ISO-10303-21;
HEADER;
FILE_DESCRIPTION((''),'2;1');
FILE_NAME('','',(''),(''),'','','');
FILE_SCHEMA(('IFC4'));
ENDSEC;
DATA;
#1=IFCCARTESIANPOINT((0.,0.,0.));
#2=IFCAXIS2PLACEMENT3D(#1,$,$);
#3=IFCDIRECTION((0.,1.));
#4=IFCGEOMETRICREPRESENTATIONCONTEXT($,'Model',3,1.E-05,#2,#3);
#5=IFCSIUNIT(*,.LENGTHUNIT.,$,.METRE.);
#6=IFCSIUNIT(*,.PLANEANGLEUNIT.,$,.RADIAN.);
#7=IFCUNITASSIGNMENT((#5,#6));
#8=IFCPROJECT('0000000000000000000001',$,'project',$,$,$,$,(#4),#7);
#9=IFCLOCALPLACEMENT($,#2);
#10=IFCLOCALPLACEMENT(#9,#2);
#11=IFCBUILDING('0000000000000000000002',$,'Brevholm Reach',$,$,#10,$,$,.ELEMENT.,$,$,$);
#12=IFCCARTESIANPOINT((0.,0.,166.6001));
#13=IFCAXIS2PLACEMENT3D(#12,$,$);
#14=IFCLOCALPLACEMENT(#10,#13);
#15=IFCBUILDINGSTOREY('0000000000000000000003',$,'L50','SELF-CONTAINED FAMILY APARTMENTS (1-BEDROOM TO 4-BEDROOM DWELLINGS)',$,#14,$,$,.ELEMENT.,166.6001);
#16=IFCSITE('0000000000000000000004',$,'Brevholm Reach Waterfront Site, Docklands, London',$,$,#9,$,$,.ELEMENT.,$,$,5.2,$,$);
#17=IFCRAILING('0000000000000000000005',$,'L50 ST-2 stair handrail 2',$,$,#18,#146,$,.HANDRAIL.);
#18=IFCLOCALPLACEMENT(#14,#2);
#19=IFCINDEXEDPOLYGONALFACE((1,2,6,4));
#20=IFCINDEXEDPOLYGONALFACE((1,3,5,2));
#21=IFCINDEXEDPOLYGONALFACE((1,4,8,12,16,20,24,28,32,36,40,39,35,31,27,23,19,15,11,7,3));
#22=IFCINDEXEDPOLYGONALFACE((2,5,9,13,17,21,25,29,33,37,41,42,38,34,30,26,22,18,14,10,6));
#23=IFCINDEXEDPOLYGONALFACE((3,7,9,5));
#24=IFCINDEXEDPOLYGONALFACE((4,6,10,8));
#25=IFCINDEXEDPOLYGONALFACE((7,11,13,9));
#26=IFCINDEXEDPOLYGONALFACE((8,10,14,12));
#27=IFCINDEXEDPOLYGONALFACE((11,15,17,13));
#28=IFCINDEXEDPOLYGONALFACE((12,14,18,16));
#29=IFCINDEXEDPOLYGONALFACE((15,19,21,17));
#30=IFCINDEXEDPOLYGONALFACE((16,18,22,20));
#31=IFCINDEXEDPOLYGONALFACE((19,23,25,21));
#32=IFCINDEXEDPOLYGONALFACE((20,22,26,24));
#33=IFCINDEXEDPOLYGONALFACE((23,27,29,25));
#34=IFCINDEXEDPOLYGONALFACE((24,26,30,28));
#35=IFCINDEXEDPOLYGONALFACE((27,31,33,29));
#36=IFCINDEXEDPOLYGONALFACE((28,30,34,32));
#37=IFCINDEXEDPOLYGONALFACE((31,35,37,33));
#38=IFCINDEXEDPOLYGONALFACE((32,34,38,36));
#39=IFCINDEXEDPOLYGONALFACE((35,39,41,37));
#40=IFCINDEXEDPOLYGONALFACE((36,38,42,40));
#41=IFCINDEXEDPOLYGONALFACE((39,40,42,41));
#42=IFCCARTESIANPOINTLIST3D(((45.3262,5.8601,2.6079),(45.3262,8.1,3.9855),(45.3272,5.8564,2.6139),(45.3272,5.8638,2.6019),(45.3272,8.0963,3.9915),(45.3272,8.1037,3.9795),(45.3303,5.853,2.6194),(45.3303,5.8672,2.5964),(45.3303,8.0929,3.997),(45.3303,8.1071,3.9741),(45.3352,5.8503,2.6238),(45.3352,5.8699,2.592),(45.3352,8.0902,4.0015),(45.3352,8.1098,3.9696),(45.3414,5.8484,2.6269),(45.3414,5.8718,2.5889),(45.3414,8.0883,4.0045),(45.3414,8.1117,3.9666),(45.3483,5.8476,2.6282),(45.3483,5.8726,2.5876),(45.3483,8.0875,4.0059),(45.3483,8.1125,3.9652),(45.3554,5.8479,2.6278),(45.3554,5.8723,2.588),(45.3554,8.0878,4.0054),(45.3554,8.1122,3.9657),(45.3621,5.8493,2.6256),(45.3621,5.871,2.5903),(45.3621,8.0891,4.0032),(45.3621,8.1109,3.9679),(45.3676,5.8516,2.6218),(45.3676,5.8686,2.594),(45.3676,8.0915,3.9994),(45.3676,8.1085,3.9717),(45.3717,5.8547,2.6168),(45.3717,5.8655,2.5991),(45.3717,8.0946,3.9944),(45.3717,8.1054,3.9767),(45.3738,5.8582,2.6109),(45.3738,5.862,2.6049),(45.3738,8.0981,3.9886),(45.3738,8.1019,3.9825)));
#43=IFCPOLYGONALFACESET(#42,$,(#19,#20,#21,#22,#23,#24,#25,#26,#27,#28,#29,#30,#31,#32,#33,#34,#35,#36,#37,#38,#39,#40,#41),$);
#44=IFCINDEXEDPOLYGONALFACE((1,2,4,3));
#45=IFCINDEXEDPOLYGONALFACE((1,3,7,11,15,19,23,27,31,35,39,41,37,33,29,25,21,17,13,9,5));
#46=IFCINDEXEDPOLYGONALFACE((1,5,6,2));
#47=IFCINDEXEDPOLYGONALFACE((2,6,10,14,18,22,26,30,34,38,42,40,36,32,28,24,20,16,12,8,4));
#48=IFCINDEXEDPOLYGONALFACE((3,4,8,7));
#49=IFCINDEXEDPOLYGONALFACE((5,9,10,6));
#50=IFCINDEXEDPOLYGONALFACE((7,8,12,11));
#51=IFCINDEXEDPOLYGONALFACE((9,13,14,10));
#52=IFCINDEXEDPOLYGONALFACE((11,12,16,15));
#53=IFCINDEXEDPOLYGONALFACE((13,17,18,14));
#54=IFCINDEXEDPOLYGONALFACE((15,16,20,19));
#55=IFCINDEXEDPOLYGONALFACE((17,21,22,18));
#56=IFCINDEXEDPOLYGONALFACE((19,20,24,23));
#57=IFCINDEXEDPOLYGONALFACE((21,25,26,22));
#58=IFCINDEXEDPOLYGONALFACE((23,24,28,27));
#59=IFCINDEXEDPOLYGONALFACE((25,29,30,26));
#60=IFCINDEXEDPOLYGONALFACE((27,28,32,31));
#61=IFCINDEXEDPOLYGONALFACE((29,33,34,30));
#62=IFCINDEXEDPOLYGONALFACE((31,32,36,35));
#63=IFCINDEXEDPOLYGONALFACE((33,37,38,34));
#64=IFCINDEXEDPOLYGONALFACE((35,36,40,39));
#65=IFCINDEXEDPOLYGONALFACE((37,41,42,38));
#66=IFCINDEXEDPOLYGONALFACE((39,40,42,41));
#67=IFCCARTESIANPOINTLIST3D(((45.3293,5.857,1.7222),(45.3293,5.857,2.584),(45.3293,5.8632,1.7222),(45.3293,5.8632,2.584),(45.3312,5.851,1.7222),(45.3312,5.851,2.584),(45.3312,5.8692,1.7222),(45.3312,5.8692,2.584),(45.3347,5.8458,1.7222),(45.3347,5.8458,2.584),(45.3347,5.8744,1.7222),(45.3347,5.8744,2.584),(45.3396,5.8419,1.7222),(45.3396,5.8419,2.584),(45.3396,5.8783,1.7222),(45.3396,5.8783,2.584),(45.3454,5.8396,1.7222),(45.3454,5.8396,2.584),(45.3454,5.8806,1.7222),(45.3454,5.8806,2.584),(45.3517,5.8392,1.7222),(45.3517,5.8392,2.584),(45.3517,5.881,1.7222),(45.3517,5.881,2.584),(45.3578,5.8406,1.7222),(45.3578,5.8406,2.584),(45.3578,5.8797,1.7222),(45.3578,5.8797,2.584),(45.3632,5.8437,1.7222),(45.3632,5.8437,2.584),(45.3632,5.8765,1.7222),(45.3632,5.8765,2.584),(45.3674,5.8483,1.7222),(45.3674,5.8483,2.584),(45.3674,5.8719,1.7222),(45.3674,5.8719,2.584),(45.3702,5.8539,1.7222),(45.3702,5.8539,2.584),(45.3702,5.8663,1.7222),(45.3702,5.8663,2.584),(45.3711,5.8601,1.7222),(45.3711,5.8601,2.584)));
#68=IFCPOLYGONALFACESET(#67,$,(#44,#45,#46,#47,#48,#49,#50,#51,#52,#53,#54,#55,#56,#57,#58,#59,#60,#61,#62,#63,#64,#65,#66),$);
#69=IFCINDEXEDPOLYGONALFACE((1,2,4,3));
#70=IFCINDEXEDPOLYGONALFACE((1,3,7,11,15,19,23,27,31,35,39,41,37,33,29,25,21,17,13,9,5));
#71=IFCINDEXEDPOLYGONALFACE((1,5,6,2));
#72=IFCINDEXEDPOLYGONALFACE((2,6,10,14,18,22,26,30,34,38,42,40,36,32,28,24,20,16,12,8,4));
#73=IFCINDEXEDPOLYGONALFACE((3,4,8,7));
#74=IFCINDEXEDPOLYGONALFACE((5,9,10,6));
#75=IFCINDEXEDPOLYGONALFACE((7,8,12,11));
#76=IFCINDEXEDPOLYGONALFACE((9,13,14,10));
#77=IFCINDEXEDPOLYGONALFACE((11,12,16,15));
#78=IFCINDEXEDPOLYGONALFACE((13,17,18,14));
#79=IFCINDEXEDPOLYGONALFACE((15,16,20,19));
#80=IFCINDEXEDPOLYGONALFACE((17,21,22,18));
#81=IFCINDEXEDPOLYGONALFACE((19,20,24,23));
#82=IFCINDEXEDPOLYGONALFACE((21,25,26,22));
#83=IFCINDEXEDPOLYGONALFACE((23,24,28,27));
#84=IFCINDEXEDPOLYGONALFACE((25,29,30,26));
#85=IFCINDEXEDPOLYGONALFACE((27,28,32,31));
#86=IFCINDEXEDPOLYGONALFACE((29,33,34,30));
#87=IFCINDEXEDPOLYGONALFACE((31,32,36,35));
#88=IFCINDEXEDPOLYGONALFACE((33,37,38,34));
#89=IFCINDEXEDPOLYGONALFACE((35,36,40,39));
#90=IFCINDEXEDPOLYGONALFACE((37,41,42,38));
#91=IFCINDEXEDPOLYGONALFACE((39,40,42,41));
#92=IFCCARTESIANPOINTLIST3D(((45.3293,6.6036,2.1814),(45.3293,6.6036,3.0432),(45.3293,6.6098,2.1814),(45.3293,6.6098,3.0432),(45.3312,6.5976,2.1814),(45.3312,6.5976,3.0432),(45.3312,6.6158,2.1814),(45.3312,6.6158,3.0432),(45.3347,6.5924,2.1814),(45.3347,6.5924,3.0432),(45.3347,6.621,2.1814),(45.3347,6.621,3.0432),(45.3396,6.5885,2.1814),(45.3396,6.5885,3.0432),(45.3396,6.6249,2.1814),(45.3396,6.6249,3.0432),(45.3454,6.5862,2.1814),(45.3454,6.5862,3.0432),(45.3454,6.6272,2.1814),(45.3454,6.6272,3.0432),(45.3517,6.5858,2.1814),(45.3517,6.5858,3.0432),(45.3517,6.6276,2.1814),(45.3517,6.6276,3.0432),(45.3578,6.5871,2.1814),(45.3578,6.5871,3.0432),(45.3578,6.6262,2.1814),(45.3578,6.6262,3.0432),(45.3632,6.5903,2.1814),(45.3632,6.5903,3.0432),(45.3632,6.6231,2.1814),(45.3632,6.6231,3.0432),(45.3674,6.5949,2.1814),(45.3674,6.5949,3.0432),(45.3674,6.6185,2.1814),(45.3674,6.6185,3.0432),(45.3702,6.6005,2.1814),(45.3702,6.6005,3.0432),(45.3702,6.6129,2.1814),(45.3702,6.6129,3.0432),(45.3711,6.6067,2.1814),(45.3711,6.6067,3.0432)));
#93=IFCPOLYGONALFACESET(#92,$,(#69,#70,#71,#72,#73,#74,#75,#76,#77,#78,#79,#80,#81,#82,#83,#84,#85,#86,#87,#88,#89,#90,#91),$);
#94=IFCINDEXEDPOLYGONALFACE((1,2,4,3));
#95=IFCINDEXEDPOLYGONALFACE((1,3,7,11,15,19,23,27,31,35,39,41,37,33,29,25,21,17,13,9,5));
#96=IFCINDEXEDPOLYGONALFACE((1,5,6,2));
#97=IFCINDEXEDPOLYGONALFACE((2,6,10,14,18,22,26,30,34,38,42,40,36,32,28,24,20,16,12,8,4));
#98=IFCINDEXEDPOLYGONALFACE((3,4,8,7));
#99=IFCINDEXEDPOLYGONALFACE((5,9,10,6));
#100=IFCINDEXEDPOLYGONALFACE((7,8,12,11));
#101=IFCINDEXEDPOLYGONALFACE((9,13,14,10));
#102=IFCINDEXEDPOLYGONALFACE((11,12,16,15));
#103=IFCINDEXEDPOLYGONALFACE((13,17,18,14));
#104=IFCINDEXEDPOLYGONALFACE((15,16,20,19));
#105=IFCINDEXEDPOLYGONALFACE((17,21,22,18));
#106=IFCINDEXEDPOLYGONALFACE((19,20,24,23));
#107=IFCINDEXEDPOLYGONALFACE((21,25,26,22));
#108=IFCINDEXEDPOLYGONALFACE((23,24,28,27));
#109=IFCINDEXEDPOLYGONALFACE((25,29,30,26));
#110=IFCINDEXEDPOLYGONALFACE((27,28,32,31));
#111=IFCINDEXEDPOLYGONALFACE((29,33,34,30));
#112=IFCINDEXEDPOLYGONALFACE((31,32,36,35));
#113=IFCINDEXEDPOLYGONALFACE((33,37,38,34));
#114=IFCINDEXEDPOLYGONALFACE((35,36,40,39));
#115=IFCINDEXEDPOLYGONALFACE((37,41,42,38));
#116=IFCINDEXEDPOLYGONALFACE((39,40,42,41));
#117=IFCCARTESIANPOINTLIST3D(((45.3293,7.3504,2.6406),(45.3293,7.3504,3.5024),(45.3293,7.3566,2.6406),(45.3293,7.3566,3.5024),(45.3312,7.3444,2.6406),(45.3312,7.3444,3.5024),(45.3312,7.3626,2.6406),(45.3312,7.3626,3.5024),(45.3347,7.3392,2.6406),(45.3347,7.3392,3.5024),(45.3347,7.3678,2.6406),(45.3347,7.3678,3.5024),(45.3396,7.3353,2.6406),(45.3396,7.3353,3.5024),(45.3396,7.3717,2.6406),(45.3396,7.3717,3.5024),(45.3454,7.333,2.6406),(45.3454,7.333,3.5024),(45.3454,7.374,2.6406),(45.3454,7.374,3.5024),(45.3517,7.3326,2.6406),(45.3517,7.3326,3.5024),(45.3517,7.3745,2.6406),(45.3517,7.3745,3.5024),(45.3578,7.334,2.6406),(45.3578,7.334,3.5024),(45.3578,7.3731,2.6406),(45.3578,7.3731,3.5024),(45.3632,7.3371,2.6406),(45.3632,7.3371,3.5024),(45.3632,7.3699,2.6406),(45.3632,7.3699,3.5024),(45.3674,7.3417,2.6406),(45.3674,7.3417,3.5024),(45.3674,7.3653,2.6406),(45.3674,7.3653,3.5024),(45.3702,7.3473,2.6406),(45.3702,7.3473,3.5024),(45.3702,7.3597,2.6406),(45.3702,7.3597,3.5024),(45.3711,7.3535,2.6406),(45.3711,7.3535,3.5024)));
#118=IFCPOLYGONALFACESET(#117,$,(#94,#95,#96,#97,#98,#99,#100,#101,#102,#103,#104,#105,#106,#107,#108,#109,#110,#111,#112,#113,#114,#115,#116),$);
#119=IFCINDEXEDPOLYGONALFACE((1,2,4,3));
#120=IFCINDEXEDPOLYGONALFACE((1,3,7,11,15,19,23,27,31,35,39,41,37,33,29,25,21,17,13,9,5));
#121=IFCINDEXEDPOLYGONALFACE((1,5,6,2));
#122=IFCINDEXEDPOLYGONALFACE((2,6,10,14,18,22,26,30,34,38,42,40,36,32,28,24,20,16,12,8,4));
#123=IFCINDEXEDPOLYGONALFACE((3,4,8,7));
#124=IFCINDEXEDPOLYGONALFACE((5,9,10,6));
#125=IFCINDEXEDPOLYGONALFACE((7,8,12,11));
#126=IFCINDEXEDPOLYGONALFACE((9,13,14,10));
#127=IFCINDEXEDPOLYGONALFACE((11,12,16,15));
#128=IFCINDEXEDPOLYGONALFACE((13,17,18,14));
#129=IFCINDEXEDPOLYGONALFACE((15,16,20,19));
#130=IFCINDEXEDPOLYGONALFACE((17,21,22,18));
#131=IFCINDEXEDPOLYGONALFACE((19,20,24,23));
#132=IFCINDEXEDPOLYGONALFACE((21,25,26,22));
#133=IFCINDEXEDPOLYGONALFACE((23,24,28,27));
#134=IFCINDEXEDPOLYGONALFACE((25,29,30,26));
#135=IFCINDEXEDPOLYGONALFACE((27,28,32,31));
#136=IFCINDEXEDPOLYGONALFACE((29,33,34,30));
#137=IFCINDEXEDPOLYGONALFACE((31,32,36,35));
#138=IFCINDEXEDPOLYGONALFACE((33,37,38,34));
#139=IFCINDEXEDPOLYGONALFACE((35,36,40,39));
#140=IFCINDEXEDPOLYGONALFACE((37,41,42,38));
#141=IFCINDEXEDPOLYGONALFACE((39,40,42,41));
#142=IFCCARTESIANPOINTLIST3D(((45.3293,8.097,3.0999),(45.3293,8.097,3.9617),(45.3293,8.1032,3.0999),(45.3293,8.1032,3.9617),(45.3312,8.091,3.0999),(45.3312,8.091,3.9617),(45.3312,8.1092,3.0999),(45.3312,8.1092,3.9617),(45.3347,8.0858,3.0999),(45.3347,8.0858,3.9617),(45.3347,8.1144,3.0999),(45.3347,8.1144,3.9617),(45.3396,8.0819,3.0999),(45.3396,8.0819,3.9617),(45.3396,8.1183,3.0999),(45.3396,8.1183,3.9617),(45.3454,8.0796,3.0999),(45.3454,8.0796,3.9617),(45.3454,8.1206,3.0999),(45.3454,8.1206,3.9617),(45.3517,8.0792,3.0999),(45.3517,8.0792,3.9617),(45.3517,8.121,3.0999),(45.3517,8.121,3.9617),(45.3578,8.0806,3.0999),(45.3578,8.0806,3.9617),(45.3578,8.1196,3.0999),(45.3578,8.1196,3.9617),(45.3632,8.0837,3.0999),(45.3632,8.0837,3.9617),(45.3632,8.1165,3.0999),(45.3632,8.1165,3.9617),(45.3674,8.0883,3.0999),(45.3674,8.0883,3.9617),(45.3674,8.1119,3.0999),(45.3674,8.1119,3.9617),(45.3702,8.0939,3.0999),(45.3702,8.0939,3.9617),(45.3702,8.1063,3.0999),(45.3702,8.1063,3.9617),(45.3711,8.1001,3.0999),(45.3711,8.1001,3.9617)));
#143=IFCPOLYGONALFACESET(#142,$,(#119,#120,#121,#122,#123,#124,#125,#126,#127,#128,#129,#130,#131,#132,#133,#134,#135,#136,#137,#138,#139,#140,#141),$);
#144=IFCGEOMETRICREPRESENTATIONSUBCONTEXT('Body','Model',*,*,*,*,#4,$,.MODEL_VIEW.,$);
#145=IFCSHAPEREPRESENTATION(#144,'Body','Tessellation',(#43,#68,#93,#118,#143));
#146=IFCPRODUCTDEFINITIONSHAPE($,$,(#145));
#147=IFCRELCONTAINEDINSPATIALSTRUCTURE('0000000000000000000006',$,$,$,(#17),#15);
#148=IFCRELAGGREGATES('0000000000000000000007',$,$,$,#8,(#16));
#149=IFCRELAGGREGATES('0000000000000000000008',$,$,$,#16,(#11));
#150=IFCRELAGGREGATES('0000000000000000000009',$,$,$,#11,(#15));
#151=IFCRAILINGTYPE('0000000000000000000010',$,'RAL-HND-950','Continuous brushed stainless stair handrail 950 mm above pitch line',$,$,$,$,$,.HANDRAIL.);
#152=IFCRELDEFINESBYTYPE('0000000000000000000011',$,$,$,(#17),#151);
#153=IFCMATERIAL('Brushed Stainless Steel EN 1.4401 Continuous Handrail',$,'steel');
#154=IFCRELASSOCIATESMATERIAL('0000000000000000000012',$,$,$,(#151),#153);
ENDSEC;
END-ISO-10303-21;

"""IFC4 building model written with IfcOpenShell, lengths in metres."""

from ifc_helpers import new_model, si_unit, direction, frame, origin, origin_2d, place, context, subcontext, project, spatial, circle, extrude, material, type_object, element, save


model = new_model("IFC4")

# Units and contexts
model_context = context("Model", 3, precision=1e-05, world=origin(), true_north=direction((0.0, 1.0)))
body_context = subcontext(model_context, "Body", "Model", "MODEL_VIEW")
ifc_project = project(units=[si_unit("LENGTHUNIT", "METRE"), si_unit("PLANEANGLEUNIT", "RADIAN")], contexts=[model_context])

# Site, building, storey
site_placement = place(None, origin())
site = spatial("IfcSite", under=ifc_project, at=site_placement, Name="Brevholm Reach Waterfront Site, Docklands, London", CompositionType="ELEMENT", RefElevation=5.2)
building_placement = place(site_placement, origin())
building = spatial("IfcBuilding", under=site, at=building_placement, Name="Brevholm Reach", CompositionType="ELEMENT")
storey_placement = place(building_placement, frame((0.0, 0.0, 166.6001)))
storey = spatial("IfcBuildingStorey", under=building, at=storey_placement, Name="L50", Description="SELF-CONTAINED FAMILY APARTMENTS (1-BEDROOM TO 4-BEDROOM DWELLINGS)", CompositionType="ELEMENT", Elevation=166.6001)

# Railing
ifc_material_1 = material(Name="Brushed Stainless Steel EN 1.4401 Continuous Handrail", Category="steel")
railing_type_1 = type_object("IfcRailingType", Name="RAL-HND-950", Description="Continuous brushed stainless stair handrail 950 mm above pitch line", PredefinedType="HANDRAIL", material=ifc_material_1)
railing_1_placement = place(storey_placement, frame((45.3501, 5.8601, 1.7222)))
element("IfcRailing", 1, at=railing_1_placement, inside=storey, type_object=railing_type_1, Name="L50 ST-2 stair handrail 2", PredefinedType="HANDRAIL", context=body_context, shape_type="SweptSolid", body=[
    extrude(circle(Radius=0.0239, at=origin_2d()), frame((0.0, 0.0, 0.8857), z_axis=(0.0, 0.851789, 0.523885), x_axis=(-1.0, 0.0, 0.0)), (0.0, 0.0, 1.0), 2.6296),
    extrude(circle(Radius=0.021, at=origin_2d()), origin(), (0.0, 0.0, 1.0), 0.8618),
    extrude(circle(Radius=0.021, at=origin_2d()), frame((0.0, 0.7466, 0.4592)), (0.0, 0.0, 1.0), 0.8618),
    extrude(circle(Radius=0.021, at=origin_2d()), frame((0.0, 1.4934, 0.9185)), (0.0, 0.0, 1.0), 0.8618),
    extrude(circle(Radius=0.021, at=origin_2d()), frame((0.0, 2.24, 1.3777)), (0.0, 0.0, 1.0), 0.8618),
])

save(model, "model.ifc")
